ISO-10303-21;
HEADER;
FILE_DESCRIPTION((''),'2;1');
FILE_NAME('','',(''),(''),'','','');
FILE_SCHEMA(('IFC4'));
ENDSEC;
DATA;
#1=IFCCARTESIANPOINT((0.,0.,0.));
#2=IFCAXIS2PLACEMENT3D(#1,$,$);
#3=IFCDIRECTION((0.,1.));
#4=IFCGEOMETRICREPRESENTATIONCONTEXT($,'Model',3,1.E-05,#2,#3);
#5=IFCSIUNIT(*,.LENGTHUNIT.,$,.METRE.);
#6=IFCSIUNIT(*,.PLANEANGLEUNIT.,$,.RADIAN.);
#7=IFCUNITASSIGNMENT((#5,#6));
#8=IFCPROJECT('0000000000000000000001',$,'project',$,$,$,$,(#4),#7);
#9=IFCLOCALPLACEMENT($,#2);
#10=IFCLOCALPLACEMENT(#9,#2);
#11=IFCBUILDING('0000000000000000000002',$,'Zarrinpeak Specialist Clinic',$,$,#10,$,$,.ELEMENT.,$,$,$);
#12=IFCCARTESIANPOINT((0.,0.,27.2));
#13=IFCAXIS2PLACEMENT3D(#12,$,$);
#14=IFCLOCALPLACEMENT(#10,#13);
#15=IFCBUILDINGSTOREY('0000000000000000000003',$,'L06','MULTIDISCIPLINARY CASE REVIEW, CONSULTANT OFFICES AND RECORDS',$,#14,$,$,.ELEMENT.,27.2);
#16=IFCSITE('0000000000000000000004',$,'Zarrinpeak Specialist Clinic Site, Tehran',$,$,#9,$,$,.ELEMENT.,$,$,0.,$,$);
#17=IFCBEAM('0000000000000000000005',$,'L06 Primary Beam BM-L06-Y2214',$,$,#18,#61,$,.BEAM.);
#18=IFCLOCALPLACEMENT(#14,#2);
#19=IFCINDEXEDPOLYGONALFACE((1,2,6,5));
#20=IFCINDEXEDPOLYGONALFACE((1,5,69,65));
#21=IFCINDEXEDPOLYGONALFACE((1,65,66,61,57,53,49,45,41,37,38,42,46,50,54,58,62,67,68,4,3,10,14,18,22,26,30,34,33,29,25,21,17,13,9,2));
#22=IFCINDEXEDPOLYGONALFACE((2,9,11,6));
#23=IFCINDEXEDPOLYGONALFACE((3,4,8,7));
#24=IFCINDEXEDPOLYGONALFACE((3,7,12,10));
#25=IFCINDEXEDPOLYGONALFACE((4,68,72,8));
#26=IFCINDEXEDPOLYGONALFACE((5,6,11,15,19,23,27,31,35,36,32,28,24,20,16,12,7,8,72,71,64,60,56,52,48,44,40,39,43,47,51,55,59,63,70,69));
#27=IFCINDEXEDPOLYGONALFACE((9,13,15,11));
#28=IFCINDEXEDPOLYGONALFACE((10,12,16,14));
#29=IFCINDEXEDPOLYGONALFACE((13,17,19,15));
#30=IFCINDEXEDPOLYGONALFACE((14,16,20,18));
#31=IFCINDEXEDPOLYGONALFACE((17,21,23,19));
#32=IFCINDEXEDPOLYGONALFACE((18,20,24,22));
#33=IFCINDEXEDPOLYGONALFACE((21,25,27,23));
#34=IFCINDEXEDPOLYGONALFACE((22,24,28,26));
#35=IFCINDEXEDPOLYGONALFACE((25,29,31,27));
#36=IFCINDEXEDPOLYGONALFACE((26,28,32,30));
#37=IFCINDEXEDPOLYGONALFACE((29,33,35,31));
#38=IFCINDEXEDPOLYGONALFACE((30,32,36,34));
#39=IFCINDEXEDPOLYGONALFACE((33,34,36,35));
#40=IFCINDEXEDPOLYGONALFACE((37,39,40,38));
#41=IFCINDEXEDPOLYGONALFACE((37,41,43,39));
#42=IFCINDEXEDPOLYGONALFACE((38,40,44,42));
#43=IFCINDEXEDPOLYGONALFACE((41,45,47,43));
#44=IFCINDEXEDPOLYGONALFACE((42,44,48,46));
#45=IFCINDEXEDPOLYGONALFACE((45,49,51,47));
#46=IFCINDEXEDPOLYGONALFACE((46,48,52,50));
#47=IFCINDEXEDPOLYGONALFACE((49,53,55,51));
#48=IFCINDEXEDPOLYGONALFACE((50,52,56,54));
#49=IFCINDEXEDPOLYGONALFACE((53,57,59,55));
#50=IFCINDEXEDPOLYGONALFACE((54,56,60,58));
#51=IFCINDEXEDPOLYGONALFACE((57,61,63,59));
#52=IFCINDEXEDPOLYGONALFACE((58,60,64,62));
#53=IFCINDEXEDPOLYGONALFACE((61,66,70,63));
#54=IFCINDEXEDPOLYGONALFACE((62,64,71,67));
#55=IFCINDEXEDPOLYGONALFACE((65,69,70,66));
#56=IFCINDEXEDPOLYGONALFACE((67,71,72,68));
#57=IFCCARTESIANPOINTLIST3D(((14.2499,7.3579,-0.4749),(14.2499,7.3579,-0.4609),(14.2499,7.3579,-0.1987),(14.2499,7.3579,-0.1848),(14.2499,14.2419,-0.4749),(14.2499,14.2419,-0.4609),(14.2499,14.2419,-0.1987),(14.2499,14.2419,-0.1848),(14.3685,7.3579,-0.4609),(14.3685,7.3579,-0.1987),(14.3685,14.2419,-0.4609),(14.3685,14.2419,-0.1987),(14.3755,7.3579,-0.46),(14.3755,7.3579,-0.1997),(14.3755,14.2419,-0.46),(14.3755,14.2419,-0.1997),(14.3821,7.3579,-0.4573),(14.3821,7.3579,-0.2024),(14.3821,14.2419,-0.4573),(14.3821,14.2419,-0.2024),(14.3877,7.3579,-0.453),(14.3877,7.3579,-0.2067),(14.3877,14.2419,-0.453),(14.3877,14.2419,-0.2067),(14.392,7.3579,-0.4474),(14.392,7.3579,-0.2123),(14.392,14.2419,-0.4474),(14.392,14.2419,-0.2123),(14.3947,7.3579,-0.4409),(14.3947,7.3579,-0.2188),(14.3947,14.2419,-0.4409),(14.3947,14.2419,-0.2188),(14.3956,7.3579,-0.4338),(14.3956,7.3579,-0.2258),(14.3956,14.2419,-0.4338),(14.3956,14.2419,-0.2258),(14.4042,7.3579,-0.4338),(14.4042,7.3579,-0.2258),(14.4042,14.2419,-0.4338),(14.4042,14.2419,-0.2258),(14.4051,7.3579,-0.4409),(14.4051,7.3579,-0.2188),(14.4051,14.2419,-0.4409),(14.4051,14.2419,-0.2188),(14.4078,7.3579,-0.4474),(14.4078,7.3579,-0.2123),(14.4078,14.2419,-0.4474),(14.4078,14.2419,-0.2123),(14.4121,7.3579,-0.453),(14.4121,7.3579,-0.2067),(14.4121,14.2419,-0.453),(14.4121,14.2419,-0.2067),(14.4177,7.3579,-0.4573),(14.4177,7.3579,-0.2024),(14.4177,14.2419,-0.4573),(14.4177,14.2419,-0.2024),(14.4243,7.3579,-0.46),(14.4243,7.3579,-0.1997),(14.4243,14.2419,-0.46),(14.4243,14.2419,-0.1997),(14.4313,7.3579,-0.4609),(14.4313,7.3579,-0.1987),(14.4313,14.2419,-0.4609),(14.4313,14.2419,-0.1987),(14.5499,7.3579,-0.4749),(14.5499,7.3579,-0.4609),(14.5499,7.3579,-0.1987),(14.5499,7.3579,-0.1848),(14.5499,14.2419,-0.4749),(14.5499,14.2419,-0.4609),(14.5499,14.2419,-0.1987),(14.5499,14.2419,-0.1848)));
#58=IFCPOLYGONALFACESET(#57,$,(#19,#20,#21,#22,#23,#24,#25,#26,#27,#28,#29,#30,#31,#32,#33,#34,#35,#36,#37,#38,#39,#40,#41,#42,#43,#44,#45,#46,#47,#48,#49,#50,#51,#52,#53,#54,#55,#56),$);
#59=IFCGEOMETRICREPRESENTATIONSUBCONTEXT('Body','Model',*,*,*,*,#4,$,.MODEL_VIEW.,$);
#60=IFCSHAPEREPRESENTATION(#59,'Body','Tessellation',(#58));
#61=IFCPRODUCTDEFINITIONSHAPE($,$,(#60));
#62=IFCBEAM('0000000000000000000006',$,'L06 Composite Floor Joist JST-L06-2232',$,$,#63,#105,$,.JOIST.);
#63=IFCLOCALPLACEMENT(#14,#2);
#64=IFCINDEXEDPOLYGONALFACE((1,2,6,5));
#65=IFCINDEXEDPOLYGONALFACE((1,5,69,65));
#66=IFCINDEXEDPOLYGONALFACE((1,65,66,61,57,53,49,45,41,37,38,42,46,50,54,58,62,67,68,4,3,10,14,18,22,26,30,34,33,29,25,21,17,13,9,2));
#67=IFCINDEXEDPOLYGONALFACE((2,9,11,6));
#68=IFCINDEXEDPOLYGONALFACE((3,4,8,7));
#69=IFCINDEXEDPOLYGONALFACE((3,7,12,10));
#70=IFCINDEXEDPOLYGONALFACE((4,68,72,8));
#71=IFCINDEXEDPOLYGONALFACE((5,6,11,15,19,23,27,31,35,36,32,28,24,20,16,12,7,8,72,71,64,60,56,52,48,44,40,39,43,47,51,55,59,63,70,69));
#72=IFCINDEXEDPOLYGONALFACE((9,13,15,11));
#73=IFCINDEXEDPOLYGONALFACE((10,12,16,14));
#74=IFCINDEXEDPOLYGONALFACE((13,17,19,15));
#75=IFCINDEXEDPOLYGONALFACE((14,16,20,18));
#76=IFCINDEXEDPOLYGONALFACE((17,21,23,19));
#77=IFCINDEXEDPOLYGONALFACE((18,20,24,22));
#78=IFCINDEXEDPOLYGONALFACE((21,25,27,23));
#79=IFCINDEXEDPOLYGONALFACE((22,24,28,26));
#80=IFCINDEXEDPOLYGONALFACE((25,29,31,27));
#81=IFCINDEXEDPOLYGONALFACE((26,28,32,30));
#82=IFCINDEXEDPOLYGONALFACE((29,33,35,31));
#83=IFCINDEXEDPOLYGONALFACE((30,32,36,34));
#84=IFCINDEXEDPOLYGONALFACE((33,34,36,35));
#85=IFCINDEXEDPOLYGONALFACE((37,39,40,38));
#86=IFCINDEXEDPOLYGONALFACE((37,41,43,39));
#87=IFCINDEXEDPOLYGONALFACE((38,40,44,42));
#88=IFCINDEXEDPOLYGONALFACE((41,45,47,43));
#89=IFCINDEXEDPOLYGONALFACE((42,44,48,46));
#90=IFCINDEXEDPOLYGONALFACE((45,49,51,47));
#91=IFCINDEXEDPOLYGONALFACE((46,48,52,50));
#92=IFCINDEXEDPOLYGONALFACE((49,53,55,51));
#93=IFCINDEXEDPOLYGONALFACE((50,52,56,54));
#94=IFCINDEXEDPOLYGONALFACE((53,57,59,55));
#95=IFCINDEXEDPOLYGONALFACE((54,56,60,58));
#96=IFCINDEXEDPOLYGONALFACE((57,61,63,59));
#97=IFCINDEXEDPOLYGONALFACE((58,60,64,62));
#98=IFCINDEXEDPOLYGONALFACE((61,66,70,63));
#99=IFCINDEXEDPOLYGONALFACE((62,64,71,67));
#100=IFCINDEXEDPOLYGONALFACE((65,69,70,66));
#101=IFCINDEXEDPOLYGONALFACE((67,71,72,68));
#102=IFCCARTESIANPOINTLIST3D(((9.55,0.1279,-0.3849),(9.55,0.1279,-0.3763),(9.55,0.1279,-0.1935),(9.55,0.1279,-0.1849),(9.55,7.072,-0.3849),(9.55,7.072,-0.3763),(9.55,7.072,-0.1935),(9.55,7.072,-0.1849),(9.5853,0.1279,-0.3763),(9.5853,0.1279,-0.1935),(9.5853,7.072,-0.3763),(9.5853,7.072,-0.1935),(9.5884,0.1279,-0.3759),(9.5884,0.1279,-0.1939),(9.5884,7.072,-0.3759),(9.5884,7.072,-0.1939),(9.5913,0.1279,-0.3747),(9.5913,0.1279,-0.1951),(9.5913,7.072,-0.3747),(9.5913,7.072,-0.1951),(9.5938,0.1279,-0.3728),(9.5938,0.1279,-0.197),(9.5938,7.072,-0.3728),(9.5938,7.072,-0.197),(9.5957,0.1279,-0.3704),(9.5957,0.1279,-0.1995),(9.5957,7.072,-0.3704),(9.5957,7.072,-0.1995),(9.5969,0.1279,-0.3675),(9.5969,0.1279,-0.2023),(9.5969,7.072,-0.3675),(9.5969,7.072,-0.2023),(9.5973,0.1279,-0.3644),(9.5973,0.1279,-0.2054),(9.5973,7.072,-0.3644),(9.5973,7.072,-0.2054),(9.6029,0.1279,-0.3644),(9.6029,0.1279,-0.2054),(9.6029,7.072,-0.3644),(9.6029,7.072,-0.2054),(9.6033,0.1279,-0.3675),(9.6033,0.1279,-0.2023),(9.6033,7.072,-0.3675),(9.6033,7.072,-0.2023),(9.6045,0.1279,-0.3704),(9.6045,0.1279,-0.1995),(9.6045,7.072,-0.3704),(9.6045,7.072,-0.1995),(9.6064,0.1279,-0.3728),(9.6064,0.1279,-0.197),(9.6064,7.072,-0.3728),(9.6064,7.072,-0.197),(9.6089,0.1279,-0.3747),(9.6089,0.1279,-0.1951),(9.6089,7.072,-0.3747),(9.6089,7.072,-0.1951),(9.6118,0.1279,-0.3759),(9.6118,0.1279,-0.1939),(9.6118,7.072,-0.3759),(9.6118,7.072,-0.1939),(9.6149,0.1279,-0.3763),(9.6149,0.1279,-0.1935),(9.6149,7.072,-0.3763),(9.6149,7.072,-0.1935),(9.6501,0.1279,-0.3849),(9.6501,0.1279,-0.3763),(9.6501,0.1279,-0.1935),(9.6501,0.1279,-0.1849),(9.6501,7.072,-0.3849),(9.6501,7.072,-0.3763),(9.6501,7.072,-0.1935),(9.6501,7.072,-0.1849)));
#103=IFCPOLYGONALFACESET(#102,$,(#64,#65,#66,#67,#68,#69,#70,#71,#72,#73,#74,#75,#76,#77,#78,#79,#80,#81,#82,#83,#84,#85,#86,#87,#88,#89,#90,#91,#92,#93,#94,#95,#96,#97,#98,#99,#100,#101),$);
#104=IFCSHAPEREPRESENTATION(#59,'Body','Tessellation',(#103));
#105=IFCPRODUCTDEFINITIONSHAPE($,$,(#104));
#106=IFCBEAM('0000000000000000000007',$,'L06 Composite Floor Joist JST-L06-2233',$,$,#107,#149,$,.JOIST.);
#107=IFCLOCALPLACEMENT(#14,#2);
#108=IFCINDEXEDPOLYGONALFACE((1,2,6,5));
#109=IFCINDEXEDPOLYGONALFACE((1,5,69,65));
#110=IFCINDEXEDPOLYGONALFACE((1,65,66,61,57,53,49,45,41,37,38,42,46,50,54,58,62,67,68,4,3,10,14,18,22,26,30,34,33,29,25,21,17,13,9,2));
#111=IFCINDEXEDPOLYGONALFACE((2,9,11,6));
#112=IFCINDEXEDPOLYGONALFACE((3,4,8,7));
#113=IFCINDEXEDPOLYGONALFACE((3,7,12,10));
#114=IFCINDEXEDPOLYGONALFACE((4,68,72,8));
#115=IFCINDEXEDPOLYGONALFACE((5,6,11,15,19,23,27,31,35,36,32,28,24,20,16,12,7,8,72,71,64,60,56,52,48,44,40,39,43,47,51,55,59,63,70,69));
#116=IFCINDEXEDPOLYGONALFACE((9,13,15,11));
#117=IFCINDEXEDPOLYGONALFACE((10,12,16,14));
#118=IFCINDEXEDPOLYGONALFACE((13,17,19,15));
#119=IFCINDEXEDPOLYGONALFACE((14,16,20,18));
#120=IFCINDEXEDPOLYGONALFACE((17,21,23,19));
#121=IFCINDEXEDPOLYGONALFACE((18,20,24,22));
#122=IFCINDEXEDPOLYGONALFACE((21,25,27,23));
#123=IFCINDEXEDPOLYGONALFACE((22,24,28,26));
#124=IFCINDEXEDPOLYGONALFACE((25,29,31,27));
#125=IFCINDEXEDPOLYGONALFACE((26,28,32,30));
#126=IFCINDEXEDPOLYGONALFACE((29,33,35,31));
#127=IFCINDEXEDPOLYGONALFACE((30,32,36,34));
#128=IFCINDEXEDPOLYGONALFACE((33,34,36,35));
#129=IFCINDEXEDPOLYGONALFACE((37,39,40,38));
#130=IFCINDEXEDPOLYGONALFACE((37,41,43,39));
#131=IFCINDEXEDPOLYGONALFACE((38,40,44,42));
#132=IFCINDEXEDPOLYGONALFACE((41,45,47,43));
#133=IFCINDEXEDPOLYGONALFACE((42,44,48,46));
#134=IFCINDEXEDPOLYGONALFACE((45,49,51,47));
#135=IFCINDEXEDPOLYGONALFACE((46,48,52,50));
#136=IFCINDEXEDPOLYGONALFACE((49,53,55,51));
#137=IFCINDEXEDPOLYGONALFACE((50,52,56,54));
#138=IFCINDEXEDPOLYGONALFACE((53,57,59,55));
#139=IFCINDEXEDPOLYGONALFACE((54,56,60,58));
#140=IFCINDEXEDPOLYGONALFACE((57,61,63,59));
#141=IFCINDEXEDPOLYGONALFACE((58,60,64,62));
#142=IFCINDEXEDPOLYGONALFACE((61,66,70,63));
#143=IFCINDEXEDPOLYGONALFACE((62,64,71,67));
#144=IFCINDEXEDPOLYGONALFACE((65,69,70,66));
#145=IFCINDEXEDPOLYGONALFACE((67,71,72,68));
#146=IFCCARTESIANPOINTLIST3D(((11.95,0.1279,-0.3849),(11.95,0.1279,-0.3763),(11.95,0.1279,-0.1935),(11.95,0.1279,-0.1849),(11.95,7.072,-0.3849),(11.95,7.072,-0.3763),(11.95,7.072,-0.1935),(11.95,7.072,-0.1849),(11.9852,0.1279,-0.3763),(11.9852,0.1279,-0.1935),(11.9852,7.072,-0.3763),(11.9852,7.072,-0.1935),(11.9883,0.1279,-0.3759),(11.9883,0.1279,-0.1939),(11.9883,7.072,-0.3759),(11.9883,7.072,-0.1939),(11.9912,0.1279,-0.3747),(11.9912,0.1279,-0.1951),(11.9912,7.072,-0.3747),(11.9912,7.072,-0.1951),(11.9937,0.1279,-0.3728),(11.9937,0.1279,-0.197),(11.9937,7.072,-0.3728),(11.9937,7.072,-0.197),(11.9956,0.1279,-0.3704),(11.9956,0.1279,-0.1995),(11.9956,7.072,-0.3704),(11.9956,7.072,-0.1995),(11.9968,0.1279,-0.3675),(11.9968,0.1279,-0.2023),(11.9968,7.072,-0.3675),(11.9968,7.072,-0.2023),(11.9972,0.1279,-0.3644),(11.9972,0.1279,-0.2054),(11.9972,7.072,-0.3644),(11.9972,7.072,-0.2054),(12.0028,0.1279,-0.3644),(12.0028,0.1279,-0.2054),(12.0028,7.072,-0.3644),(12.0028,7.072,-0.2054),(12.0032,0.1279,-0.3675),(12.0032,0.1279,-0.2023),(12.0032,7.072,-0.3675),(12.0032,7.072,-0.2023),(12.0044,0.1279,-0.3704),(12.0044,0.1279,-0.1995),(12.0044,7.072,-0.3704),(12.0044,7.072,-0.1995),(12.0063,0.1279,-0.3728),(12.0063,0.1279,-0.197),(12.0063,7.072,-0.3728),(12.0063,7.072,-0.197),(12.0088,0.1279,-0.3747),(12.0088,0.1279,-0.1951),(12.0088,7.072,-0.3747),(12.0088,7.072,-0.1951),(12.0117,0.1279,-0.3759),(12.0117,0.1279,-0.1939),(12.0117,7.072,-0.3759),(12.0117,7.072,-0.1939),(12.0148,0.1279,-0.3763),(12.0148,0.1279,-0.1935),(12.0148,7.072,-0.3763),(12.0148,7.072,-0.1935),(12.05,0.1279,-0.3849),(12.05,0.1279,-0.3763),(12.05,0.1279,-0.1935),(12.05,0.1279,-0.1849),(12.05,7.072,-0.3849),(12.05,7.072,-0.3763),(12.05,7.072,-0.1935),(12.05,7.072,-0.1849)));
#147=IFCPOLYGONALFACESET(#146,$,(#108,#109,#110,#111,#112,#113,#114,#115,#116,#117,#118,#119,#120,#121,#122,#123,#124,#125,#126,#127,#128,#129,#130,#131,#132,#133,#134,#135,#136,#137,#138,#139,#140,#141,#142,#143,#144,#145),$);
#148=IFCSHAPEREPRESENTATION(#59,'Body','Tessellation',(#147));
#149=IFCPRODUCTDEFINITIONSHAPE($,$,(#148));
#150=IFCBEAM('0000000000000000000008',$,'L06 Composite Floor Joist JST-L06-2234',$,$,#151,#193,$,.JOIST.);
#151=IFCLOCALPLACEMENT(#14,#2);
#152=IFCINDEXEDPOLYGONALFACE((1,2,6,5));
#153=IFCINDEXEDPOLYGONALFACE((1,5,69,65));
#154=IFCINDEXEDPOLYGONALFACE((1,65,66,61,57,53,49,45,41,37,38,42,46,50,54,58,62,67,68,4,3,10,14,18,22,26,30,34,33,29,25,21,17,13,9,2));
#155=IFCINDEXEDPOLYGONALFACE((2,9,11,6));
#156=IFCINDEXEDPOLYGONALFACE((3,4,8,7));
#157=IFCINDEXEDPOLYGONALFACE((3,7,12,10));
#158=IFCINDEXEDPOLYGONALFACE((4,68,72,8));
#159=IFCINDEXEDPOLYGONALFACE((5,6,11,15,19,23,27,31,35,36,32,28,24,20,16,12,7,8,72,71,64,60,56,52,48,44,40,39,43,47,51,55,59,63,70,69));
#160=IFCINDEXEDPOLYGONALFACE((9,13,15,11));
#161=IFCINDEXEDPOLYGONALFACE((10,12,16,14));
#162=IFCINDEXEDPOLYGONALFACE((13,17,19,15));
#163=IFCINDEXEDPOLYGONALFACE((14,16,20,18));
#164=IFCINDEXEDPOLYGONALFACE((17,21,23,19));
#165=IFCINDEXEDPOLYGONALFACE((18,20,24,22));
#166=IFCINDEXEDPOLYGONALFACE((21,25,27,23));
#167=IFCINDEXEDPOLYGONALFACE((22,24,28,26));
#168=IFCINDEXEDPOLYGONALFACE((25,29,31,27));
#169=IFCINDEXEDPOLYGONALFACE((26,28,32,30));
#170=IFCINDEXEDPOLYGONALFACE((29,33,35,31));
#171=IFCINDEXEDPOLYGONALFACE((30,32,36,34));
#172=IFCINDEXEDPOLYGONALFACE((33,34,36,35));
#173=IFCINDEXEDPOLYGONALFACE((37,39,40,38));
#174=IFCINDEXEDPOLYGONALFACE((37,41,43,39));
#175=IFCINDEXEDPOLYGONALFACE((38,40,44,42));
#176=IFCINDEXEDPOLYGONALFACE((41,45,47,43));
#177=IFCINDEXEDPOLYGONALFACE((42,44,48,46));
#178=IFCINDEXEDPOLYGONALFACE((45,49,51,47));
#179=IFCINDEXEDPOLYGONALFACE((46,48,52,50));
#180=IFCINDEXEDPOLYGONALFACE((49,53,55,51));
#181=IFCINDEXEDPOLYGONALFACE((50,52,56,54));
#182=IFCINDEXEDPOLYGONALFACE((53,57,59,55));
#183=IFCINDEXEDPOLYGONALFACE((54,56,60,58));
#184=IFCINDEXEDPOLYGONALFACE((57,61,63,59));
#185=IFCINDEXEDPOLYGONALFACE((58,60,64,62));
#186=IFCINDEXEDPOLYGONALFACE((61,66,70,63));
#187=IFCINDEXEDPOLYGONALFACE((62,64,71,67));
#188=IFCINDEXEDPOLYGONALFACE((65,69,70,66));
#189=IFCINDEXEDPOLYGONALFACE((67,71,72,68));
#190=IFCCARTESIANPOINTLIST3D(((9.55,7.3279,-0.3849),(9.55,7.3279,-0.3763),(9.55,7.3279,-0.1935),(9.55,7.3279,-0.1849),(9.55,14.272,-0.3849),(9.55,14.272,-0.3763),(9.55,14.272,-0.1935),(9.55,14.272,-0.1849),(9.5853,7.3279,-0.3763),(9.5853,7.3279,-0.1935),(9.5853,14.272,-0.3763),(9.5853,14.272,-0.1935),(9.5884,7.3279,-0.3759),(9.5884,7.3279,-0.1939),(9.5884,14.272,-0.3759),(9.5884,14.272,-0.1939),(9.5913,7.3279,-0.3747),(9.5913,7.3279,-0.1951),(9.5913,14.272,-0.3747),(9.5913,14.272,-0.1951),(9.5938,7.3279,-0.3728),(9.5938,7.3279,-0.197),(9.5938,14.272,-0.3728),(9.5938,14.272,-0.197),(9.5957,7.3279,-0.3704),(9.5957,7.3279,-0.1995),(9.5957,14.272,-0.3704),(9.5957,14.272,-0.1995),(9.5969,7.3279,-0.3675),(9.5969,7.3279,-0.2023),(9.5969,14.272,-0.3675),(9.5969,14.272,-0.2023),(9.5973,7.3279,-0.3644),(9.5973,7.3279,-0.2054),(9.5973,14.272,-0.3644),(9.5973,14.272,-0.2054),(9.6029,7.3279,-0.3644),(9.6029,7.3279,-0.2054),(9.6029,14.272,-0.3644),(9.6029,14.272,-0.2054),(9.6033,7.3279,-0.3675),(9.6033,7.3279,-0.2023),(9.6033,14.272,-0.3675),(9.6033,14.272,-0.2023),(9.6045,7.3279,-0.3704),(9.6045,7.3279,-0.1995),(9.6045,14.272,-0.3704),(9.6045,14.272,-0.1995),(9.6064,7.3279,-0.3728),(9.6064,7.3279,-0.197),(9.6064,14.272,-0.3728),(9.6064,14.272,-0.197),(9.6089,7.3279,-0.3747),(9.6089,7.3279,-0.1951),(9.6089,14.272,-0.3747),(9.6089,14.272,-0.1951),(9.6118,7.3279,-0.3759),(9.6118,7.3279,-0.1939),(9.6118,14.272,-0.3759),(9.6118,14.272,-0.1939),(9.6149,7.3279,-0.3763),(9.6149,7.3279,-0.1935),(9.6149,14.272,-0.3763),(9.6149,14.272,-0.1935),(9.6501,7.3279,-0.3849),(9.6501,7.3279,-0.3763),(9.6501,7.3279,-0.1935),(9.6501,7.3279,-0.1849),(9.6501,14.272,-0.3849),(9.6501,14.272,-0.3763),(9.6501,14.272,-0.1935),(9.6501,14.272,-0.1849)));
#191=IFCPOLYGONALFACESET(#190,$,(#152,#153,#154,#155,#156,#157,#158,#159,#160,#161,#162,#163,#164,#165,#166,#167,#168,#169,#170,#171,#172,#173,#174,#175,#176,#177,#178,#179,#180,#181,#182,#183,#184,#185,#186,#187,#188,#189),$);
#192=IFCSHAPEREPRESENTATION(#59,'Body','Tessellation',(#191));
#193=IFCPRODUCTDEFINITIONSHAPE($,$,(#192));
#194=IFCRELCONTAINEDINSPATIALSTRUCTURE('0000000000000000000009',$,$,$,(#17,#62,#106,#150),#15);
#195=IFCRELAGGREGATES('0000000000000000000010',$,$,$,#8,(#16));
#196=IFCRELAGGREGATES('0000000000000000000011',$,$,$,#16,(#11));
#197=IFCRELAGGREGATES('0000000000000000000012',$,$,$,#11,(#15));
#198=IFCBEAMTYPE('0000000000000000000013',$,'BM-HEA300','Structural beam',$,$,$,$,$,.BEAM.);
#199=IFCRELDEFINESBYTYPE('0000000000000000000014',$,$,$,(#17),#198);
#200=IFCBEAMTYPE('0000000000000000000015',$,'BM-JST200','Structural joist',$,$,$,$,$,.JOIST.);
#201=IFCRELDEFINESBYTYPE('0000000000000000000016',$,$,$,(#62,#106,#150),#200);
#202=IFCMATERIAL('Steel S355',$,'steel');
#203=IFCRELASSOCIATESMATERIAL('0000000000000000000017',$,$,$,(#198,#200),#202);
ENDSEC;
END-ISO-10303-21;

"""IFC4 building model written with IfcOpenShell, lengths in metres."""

from ifc_helpers import new_model, si_unit, direction, frame, origin, origin_2d, place, context, subcontext, project, spatial, i_section, extrude, material, material_profile, profile_set, type_object, element, save


model = new_model("IFC4")

# Units and contexts
model_context = context("Model", 3, precision=1e-05, world=origin(), true_north=direction((0.0, 1.0)))
body_context = subcontext(model_context, "Body", "Model", "MODEL_VIEW")
ifc_project = project(units=[si_unit("LENGTHUNIT", "METRE"), si_unit("PLANEANGLEUNIT", "RADIAN")], contexts=[model_context])

# Site, building, storey
site_placement = place(None, origin())
site = spatial("IfcSite", under=ifc_project, at=site_placement, Name="Zarrinpeak Specialist Clinic Site, Tehran", CompositionType="ELEMENT", RefElevation=0.0)
building_placement = place(site_placement, origin())
building = spatial("IfcBuilding", under=site, at=building_placement, Name="Zarrinpeak Specialist Clinic", CompositionType="ELEMENT")
storey_placement = place(building_placement, frame((0.0, 0.0, 27.2)))
storey = spatial("IfcBuildingStorey", under=building, at=storey_placement, Name="L06", Description="MULTIDISCIPLINARY CASE REVIEW, CONSULTANT OFFICES AND RECORDS", CompositionType="ELEMENT", Elevation=27.2)

# Shared definitions
ifc_material_1 = material(Name="Steel S355", Category="steel")

# Beams
ifc_material_profile_1 = material_profile(ifc_material_1, i_section(OverallWidth=0.3, OverallDepth=0.29, WebThickness=0.0085, FlangeThickness=0.0139, FilletRadius=0.0271, at=origin_2d()), Name="HEA 300")
ifc_profile_set_1 = profile_set([ifc_material_profile_1], Name="Steel S355")
beam_type_1 = type_object("IfcBeamType", Name="BM-HEA300", Description="Structural beam", PredefinedType="BEAM", material=ifc_profile_set_1)
for number, where, z_axis, x_axis, name in (
    (1, (14.3999, 7.3579, -0.3298), (0.0, 1.0, 0.0), (-1.0, 0.0, 0.0), "L06 Primary Beam BM-L06-Y2214"),
):
    element("IfcBeam", number, at=place(storey_placement, frame(where, z_axis=z_axis, x_axis=x_axis)), inside=storey, type_object=beam_type_1, Name=name, PredefinedType="BEAM", context=body_context, shape_type="SweptSolid", body=[
        extrude(i_section(OverallWidth=0.3, OverallDepth=0.29, WebThickness=0.0085, FlangeThickness=0.0139, FilletRadius=0.0271, at=origin_2d()), origin(), (0.0, 0.0, 1.0), 6.884),
    ])
ifc_material_profile_2 = material_profile(ifc_material_1, i_section(OverallWidth=0.1001, OverallDepth=0.2, WebThickness=0.0056, FlangeThickness=0.0085, FilletRadius=0.012, at=origin_2d()), Name="IPE 200")
ifc_profile_set_2 = profile_set([ifc_material_profile_2], Name="Steel S355")
beam_type_2 = type_object("IfcBeamType", Name="BM-JST200", Description="Structural joist", PredefinedType="JOIST", material=ifc_profile_set_2)
for number, where, z_axis, x_axis, name in (
    (2, (9.6001, 0.1279, -0.2849), (0.0, 1.0, 0.0), (-1.0, 0.0, 0.0), "L06 Composite Floor Joist JST-L06-2232"),
    (3, (12.0, 0.1279, -0.2849), (0.0, 1.0, 0.0), (-1.0, 0.0, 0.0), "L06 Composite Floor Joist JST-L06-2233"),
    (4, (9.6001, 7.3279, -0.2849), (0.0, 1.0, 0.0), (-1.0, 0.0, 0.0), "L06 Composite Floor Joist JST-L06-2234"),
):
    element("IfcBeam", number, at=place(storey_placement, frame(where, z_axis=z_axis, x_axis=x_axis)), inside=storey, type_object=beam_type_2, Name=name, PredefinedType="JOIST", context=body_context, shape_type="SweptSolid", body=[
        extrude(i_section(OverallWidth=0.1001, OverallDepth=0.2, WebThickness=0.0056, FlangeThickness=0.0085, FilletRadius=0.012, at=origin_2d()), origin(), (0.0, 0.0, 1.0), 6.9441),
    ])

save(model, "model.ifc")
